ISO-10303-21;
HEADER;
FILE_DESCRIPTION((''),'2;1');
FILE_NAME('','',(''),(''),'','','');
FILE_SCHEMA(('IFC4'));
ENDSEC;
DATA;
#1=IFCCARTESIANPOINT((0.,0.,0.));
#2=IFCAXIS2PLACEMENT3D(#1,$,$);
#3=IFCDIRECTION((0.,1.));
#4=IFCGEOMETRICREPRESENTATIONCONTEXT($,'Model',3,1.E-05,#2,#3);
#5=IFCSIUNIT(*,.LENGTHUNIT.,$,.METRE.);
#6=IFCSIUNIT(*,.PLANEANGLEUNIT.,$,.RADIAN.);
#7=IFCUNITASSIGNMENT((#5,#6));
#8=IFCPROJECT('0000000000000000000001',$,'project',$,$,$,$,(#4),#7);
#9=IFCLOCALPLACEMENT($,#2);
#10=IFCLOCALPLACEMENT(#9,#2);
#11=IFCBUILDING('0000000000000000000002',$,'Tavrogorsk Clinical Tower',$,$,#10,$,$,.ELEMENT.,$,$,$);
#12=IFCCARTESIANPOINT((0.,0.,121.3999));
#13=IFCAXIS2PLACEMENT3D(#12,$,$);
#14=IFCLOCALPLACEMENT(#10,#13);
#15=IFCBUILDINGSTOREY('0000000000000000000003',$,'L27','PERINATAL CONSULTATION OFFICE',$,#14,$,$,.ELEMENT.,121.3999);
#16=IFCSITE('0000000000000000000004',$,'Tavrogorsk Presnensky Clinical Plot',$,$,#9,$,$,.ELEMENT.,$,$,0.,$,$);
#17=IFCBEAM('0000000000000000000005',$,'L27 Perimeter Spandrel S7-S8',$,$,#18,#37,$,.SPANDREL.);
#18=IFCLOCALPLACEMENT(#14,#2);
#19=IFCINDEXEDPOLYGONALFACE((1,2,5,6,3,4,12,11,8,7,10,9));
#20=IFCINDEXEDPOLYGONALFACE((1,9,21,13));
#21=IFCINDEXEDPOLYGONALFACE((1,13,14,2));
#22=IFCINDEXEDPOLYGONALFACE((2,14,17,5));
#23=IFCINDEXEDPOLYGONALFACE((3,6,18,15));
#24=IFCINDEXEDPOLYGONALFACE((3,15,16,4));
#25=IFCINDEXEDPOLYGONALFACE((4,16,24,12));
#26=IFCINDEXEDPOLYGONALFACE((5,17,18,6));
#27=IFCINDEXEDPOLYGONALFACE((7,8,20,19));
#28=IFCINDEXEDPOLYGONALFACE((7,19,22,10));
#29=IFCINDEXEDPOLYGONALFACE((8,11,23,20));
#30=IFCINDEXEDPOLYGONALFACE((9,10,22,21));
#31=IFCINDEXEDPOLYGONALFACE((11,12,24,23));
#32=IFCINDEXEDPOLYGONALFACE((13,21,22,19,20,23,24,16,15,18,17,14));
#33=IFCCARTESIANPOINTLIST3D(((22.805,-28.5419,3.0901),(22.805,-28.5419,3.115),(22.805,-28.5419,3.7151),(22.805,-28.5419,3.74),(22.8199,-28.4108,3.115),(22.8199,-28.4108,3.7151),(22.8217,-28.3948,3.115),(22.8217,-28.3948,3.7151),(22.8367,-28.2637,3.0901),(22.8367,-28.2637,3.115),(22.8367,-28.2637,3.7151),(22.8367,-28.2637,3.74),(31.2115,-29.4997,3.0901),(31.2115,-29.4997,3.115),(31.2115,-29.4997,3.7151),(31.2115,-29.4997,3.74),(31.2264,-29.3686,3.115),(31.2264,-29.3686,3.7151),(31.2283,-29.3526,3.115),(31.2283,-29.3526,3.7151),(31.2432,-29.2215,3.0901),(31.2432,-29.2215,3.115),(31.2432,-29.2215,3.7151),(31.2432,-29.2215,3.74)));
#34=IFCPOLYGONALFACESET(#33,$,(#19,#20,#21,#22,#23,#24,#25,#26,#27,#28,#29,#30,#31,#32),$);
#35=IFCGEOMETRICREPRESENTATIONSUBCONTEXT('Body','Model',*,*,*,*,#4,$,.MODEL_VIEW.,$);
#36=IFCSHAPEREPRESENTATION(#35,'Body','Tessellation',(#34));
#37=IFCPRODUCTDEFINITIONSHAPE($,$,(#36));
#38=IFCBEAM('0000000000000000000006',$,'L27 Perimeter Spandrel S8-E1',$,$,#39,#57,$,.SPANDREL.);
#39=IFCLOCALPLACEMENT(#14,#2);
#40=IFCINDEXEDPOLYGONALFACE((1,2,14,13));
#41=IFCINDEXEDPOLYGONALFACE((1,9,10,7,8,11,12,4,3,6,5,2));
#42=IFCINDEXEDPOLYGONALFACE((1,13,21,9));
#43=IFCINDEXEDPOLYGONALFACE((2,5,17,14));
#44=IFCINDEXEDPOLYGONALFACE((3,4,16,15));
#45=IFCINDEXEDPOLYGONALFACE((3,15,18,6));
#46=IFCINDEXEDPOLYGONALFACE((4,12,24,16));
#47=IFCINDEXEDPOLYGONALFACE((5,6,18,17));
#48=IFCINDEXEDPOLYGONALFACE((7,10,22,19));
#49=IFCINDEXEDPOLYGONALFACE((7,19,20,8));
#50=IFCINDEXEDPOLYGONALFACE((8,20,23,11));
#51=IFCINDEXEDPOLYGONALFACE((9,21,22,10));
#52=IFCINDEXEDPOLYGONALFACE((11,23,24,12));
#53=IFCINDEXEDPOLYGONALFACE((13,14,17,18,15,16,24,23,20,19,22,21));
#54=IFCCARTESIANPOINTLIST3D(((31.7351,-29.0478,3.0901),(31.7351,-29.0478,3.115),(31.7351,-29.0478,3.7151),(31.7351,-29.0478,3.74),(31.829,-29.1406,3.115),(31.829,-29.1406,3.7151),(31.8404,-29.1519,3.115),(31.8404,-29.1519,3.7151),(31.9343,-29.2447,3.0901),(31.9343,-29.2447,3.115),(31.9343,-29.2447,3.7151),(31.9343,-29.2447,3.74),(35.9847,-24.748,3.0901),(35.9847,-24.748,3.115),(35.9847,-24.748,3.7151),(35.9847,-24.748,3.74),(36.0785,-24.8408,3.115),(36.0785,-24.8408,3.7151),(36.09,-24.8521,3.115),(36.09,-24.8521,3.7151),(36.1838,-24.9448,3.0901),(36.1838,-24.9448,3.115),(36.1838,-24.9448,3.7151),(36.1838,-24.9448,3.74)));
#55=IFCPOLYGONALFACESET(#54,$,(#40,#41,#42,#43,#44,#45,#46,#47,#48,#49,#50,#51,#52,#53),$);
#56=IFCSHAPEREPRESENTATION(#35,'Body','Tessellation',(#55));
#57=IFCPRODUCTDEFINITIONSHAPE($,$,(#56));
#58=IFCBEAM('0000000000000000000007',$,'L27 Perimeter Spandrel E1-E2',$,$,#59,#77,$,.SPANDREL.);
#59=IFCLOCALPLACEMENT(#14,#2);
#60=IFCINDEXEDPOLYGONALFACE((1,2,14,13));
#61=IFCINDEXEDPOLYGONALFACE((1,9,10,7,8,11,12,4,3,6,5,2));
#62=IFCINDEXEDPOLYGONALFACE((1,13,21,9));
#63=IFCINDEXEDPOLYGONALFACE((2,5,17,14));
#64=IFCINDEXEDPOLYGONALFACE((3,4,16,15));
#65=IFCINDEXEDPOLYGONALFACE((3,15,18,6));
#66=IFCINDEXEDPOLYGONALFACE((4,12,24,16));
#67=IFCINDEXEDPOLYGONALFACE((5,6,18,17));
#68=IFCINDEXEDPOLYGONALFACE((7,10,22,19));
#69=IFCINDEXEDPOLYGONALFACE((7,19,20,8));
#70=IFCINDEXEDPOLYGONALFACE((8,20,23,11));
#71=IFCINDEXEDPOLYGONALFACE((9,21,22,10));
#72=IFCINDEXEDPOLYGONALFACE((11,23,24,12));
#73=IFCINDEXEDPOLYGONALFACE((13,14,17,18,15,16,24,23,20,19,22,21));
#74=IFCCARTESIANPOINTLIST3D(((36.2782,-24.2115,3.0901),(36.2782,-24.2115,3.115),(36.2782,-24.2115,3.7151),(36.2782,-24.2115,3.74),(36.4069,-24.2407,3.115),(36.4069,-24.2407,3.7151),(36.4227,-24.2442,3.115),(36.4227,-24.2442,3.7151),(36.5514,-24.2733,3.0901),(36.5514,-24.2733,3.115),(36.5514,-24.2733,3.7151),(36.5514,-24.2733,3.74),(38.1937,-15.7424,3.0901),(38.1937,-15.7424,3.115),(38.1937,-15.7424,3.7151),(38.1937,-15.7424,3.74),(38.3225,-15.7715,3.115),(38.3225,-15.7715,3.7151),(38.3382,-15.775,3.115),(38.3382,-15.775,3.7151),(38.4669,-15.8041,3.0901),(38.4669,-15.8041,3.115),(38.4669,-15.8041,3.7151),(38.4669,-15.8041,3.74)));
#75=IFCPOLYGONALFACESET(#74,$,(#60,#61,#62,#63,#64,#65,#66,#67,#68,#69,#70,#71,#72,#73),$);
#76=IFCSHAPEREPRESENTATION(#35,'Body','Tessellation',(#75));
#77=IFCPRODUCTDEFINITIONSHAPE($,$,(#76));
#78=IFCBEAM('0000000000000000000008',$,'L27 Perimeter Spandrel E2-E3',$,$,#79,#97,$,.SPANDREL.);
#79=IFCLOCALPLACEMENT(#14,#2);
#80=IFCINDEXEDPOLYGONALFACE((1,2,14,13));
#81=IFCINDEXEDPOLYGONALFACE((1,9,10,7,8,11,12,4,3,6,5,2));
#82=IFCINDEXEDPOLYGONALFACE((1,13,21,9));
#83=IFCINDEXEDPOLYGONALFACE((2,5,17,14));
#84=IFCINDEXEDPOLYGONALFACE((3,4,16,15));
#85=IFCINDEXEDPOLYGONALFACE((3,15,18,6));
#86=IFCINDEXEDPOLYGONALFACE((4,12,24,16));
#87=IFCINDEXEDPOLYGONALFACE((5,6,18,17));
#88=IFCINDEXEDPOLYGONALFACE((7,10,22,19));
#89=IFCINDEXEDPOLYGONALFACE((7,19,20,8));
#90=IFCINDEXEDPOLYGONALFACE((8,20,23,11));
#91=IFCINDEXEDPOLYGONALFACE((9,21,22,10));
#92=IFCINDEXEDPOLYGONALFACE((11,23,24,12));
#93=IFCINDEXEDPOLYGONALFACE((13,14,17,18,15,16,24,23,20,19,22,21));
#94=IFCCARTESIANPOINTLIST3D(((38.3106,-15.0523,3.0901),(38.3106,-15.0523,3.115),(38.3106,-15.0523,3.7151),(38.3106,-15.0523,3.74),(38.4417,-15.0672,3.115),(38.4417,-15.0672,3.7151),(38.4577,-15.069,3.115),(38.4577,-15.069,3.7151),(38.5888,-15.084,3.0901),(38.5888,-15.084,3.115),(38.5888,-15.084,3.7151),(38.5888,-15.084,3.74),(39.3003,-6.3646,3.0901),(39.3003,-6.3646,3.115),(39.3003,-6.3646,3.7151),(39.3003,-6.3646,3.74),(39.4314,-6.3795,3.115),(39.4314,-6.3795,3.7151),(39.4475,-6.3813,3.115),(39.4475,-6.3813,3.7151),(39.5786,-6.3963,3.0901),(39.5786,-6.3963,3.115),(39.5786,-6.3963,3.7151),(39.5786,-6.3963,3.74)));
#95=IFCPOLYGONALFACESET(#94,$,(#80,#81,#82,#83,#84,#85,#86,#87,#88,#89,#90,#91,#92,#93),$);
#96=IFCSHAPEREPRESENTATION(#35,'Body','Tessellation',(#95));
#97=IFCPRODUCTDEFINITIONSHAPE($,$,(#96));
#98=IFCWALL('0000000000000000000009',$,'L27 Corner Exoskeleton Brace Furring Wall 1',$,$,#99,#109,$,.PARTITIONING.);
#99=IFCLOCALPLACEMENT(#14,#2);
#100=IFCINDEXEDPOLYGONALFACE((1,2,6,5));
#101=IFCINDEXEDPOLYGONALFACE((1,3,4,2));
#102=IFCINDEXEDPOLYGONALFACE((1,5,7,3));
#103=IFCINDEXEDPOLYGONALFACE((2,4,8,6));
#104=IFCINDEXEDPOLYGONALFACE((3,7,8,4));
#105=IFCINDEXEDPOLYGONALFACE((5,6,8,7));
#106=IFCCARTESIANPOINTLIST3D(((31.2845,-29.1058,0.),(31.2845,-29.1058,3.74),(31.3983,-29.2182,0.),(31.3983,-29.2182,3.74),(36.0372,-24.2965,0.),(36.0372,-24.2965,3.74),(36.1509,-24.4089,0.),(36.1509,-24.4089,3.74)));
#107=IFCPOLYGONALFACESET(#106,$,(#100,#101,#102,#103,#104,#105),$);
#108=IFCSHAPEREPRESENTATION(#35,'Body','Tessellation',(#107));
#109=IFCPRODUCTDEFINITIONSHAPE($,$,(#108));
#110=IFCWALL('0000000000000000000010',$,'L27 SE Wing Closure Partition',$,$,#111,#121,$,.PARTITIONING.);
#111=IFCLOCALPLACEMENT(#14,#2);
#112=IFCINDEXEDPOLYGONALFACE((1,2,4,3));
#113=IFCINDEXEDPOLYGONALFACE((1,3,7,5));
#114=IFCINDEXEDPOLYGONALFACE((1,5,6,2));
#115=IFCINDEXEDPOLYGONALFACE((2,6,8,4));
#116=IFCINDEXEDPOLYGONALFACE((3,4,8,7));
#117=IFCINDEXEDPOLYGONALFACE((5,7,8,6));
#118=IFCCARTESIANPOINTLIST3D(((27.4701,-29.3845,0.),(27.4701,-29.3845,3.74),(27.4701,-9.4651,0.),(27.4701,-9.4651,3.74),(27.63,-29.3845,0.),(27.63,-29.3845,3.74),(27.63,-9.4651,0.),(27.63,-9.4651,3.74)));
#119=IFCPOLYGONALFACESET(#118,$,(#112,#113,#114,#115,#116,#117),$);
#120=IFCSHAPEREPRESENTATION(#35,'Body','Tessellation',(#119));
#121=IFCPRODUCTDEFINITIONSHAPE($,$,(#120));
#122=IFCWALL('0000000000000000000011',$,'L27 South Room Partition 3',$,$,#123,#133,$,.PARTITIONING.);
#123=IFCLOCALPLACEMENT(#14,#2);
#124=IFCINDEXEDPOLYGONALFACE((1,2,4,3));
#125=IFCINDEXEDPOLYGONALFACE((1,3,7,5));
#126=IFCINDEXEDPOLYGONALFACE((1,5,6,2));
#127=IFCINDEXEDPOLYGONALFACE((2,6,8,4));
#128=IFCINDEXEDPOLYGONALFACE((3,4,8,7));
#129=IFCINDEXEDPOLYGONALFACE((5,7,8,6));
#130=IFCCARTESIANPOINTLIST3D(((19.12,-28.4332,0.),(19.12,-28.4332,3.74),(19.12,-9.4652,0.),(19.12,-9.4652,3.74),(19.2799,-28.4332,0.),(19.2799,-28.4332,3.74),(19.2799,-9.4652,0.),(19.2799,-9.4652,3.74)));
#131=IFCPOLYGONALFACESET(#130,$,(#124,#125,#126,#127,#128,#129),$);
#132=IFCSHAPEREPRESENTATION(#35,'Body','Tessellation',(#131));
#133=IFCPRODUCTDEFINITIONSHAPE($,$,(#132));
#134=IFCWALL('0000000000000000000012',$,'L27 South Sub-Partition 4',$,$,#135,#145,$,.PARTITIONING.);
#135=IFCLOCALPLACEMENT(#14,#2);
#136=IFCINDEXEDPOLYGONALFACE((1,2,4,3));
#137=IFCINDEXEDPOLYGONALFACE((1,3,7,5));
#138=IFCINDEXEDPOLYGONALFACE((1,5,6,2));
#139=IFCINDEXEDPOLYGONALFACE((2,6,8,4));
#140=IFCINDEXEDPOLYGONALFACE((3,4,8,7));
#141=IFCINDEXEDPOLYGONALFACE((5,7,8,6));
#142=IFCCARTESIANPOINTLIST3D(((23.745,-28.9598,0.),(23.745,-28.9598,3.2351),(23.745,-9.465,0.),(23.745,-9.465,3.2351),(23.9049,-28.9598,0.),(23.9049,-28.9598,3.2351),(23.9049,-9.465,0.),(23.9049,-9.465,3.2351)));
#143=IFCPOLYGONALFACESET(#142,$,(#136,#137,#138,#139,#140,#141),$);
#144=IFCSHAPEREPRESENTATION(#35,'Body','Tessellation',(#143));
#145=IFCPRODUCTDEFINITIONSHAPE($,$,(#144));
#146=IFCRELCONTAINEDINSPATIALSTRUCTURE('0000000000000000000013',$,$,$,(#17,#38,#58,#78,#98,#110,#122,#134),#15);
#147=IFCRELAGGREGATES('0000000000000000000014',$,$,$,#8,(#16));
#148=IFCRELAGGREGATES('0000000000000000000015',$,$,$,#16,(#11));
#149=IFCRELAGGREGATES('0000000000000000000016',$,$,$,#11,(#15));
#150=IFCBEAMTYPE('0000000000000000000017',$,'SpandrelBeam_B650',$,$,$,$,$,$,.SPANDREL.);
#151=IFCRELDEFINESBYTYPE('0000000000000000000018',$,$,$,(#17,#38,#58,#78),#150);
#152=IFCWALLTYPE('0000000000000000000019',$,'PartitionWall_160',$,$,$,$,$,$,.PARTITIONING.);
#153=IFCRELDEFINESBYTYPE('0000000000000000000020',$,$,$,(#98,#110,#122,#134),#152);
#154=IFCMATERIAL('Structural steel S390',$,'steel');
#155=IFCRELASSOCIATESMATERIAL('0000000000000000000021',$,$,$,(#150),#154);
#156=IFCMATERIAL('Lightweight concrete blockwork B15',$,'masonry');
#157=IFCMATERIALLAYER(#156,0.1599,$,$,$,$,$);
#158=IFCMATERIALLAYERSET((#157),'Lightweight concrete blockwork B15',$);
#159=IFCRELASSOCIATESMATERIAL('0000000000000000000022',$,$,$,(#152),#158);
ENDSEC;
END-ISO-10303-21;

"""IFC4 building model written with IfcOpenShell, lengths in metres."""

from ifc_helpers import new_model, si_unit, direction, frame, frame_2d, origin, origin_2d, place, context, subcontext, project, spatial, rectangle, i_section, extrude, material, layer, layer_set, material_profile, profile_set, type_object, element, save


model = new_model("IFC4")

# Units and contexts
model_context = context("Model", 3, precision=1e-05, world=origin(), true_north=direction((0.0, 1.0)))
body_context = subcontext(model_context, "Body", "Model", "MODEL_VIEW")
ifc_project = project(units=[si_unit("LENGTHUNIT", "METRE"), si_unit("PLANEANGLEUNIT", "RADIAN")], contexts=[model_context])

# Site, building, storey
site_placement = place(None, origin())
site = spatial("IfcSite", under=ifc_project, at=site_placement, Name="Tavrogorsk Presnensky Clinical Plot", CompositionType="ELEMENT", RefElevation=0.0)
building_placement = place(site_placement, origin())
building = spatial("IfcBuilding", under=site, at=building_placement, Name="Tavrogorsk Clinical Tower", CompositionType="ELEMENT")
storey_placement = place(building_placement, frame((0.0, 0.0, 121.3999)))
storey = spatial("IfcBuildingStorey", under=building, at=storey_placement, Name="L27", Description="PERINATAL CONSULTATION OFFICE", CompositionType="ELEMENT", Elevation=121.3999)

# Beams
ifc_material_1 = material(Name="Structural steel S390", Category="steel")
ifc_material_profile_1 = material_profile(ifc_material_1, i_section(OverallWidth=0.28, OverallDepth=0.6499, WebThickness=0.0161, FlangeThickness=0.0249, at=origin_2d()), Name="B-650x280x16x25")
ifc_profile_set_1 = profile_set([ifc_material_profile_1], Name="Structural steel S390")
beam_type_1 = type_object("IfcBeamType", Name="SpandrelBeam_B650", PredefinedType="SPANDREL", material=ifc_profile_set_1)
beam_1_placement = place(storey_placement, frame((22.8208, -28.4028, 3.415), z_axis=(0.993572, -0.113199, 0.0), x_axis=(0.113199, 0.993572, 0.0)))
element("IfcBeam", 1, at=beam_1_placement, inside=storey, type_object=beam_type_1, Name="L27 Perimeter Spandrel S7-S8", PredefinedType="SPANDREL", context=body_context, shape_type="SweptSolid", body=[
    extrude(i_section(OverallWidth=0.28, OverallDepth=0.6499, WebThickness=0.0161, FlangeThickness=0.0249, at=origin_2d()), origin(), (0.0, 0.0, 1.0), 8.4609),
])
beam_2_placement = place(storey_placement, frame((31.8347, -29.1462, 3.415), z_axis=(0.702935, 0.711254, 0.0), x_axis=(-0.711254, 0.702935, 0.0)))
element("IfcBeam", 2, at=beam_2_placement, inside=storey, type_object=beam_type_1, Name="L27 Perimeter Spandrel S8-E1", PredefinedType="SPANDREL", context=body_context, shape_type="SweptSolid", body=[
    extrude(i_section(OverallWidth=0.28, OverallDepth=0.6499, WebThickness=0.0161, FlangeThickness=0.0249, at=origin_2d()), origin(), (0.0, 0.0, 1.0), 6.0454),
])
beam_3_placement = place(storey_placement, frame((36.4148, -24.2424, 3.415), z_axis=(0.220603, 0.975364, 0.0), x_axis=(-0.975364, 0.220603, 0.0)))
element("IfcBeam", 3, at=beam_3_placement, inside=storey, type_object=beam_type_1, Name="L27 Perimeter Spandrel E1-E2", PredefinedType="SPANDREL", context=body_context, shape_type="SweptSolid", body=[
    extrude(i_section(OverallWidth=0.28, OverallDepth=0.6499, WebThickness=0.0161, FlangeThickness=0.0249, at=origin_2d()), origin(), (0.0, 0.0, 1.0), 8.6831),
])
beam_4_placement = place(storey_placement, frame((38.4497, -15.0681, 3.415), z_axis=(0.113192, 0.993573, 0.0), x_axis=(-0.993573, 0.113192, 0.0)))
element("IfcBeam", 4, at=beam_4_placement, inside=storey, type_object=beam_type_1, Name="L27 Perimeter Spandrel E2-E3", PredefinedType="SPANDREL", context=body_context, shape_type="SweptSolid", body=[
    extrude(i_section(OverallWidth=0.28, OverallDepth=0.6499, WebThickness=0.0161, FlangeThickness=0.0249, at=origin_2d()), origin(), (0.0, 0.0, 1.0), 8.7439),
])

# Walls
ifc_material_2 = material(Name="Lightweight concrete blockwork B15", Category="masonry")
ifc_layer_1 = layer(ifc_material_2, 0.1599)
ifc_layer_set_1 = layer_set([ifc_layer_1], Name="Lightweight concrete blockwork B15")
wall_type_1 = type_object("IfcWallType", Name="PartitionWall_160", PredefinedType="PARTITIONING", material=ifc_layer_set_1)
wall_1_placement = place(storey_placement, frame((31.3413, -29.1621, 0.0), z_axis=(0.0, 0.0, 1.0), x_axis=(0.702906, 0.711283, 0.0)))
element("IfcWall", 5, at=wall_1_placement, inside=storey, type_object=wall_type_1, Name="L27 Corner Exoskeleton Brace Furring Wall 1", PredefinedType="PARTITIONING", context=body_context, shape_type="SweptSolid", body=[
    extrude(rectangle(XDim=6.7615, YDim=0.1599, at=frame_2d((3.3809, 0.0))), origin(), (0.0, 0.0, 1.0), 3.74),
])
wall_2_placement = place(storey_placement, frame((27.55, -29.3845, 0.0), z_axis=(0.0, 0.0, 1.0), x_axis=(0.0, 1.0, 0.0)))
element("IfcWall", 6, at=wall_2_placement, inside=storey, type_object=wall_type_1, Name="L27 SE Wing Closure Partition", PredefinedType="PARTITIONING", context=body_context, shape_type="SweptSolid", body=[
    extrude(rectangle(XDim=19.9194, YDim=0.1599, at=frame_2d((9.9597, 0.0))), origin(), (0.0, 0.0, 1.0), 3.74),
])
wall_3_placement = place(storey_placement, frame((19.2, -28.4331, 0.0), z_axis=(0.0, 0.0, 1.0), x_axis=(0.0, 1.0, 0.0)))
element("IfcWall", 7, at=wall_3_placement, inside=storey, type_object=wall_type_1, Name="L27 South Room Partition 3", PredefinedType="PARTITIONING", context=body_context, shape_type="SweptSolid", body=[
    extrude(rectangle(XDim=18.968, YDim=0.1599, at=frame_2d((9.4839, 0.0))), origin(), (0.0, 0.0, 1.0), 3.74),
])
wall_4_placement = place(storey_placement, frame((23.825, -28.96, 0.0), z_axis=(0.0, 0.0, 1.0), x_axis=(0.0, 1.0, 0.0)))
element("IfcWall", 8, at=wall_4_placement, inside=storey, type_object=wall_type_1, Name="L27 South Sub-Partition 4", PredefinedType="PARTITIONING", context=body_context, shape_type="SweptSolid", body=[
    extrude(rectangle(XDim=19.4949, YDim=0.1599, at=frame_2d((9.7476, 0.0))), origin(), (0.0, 0.0, 1.0), 3.2351),
])

save(model, "model.ifc")
